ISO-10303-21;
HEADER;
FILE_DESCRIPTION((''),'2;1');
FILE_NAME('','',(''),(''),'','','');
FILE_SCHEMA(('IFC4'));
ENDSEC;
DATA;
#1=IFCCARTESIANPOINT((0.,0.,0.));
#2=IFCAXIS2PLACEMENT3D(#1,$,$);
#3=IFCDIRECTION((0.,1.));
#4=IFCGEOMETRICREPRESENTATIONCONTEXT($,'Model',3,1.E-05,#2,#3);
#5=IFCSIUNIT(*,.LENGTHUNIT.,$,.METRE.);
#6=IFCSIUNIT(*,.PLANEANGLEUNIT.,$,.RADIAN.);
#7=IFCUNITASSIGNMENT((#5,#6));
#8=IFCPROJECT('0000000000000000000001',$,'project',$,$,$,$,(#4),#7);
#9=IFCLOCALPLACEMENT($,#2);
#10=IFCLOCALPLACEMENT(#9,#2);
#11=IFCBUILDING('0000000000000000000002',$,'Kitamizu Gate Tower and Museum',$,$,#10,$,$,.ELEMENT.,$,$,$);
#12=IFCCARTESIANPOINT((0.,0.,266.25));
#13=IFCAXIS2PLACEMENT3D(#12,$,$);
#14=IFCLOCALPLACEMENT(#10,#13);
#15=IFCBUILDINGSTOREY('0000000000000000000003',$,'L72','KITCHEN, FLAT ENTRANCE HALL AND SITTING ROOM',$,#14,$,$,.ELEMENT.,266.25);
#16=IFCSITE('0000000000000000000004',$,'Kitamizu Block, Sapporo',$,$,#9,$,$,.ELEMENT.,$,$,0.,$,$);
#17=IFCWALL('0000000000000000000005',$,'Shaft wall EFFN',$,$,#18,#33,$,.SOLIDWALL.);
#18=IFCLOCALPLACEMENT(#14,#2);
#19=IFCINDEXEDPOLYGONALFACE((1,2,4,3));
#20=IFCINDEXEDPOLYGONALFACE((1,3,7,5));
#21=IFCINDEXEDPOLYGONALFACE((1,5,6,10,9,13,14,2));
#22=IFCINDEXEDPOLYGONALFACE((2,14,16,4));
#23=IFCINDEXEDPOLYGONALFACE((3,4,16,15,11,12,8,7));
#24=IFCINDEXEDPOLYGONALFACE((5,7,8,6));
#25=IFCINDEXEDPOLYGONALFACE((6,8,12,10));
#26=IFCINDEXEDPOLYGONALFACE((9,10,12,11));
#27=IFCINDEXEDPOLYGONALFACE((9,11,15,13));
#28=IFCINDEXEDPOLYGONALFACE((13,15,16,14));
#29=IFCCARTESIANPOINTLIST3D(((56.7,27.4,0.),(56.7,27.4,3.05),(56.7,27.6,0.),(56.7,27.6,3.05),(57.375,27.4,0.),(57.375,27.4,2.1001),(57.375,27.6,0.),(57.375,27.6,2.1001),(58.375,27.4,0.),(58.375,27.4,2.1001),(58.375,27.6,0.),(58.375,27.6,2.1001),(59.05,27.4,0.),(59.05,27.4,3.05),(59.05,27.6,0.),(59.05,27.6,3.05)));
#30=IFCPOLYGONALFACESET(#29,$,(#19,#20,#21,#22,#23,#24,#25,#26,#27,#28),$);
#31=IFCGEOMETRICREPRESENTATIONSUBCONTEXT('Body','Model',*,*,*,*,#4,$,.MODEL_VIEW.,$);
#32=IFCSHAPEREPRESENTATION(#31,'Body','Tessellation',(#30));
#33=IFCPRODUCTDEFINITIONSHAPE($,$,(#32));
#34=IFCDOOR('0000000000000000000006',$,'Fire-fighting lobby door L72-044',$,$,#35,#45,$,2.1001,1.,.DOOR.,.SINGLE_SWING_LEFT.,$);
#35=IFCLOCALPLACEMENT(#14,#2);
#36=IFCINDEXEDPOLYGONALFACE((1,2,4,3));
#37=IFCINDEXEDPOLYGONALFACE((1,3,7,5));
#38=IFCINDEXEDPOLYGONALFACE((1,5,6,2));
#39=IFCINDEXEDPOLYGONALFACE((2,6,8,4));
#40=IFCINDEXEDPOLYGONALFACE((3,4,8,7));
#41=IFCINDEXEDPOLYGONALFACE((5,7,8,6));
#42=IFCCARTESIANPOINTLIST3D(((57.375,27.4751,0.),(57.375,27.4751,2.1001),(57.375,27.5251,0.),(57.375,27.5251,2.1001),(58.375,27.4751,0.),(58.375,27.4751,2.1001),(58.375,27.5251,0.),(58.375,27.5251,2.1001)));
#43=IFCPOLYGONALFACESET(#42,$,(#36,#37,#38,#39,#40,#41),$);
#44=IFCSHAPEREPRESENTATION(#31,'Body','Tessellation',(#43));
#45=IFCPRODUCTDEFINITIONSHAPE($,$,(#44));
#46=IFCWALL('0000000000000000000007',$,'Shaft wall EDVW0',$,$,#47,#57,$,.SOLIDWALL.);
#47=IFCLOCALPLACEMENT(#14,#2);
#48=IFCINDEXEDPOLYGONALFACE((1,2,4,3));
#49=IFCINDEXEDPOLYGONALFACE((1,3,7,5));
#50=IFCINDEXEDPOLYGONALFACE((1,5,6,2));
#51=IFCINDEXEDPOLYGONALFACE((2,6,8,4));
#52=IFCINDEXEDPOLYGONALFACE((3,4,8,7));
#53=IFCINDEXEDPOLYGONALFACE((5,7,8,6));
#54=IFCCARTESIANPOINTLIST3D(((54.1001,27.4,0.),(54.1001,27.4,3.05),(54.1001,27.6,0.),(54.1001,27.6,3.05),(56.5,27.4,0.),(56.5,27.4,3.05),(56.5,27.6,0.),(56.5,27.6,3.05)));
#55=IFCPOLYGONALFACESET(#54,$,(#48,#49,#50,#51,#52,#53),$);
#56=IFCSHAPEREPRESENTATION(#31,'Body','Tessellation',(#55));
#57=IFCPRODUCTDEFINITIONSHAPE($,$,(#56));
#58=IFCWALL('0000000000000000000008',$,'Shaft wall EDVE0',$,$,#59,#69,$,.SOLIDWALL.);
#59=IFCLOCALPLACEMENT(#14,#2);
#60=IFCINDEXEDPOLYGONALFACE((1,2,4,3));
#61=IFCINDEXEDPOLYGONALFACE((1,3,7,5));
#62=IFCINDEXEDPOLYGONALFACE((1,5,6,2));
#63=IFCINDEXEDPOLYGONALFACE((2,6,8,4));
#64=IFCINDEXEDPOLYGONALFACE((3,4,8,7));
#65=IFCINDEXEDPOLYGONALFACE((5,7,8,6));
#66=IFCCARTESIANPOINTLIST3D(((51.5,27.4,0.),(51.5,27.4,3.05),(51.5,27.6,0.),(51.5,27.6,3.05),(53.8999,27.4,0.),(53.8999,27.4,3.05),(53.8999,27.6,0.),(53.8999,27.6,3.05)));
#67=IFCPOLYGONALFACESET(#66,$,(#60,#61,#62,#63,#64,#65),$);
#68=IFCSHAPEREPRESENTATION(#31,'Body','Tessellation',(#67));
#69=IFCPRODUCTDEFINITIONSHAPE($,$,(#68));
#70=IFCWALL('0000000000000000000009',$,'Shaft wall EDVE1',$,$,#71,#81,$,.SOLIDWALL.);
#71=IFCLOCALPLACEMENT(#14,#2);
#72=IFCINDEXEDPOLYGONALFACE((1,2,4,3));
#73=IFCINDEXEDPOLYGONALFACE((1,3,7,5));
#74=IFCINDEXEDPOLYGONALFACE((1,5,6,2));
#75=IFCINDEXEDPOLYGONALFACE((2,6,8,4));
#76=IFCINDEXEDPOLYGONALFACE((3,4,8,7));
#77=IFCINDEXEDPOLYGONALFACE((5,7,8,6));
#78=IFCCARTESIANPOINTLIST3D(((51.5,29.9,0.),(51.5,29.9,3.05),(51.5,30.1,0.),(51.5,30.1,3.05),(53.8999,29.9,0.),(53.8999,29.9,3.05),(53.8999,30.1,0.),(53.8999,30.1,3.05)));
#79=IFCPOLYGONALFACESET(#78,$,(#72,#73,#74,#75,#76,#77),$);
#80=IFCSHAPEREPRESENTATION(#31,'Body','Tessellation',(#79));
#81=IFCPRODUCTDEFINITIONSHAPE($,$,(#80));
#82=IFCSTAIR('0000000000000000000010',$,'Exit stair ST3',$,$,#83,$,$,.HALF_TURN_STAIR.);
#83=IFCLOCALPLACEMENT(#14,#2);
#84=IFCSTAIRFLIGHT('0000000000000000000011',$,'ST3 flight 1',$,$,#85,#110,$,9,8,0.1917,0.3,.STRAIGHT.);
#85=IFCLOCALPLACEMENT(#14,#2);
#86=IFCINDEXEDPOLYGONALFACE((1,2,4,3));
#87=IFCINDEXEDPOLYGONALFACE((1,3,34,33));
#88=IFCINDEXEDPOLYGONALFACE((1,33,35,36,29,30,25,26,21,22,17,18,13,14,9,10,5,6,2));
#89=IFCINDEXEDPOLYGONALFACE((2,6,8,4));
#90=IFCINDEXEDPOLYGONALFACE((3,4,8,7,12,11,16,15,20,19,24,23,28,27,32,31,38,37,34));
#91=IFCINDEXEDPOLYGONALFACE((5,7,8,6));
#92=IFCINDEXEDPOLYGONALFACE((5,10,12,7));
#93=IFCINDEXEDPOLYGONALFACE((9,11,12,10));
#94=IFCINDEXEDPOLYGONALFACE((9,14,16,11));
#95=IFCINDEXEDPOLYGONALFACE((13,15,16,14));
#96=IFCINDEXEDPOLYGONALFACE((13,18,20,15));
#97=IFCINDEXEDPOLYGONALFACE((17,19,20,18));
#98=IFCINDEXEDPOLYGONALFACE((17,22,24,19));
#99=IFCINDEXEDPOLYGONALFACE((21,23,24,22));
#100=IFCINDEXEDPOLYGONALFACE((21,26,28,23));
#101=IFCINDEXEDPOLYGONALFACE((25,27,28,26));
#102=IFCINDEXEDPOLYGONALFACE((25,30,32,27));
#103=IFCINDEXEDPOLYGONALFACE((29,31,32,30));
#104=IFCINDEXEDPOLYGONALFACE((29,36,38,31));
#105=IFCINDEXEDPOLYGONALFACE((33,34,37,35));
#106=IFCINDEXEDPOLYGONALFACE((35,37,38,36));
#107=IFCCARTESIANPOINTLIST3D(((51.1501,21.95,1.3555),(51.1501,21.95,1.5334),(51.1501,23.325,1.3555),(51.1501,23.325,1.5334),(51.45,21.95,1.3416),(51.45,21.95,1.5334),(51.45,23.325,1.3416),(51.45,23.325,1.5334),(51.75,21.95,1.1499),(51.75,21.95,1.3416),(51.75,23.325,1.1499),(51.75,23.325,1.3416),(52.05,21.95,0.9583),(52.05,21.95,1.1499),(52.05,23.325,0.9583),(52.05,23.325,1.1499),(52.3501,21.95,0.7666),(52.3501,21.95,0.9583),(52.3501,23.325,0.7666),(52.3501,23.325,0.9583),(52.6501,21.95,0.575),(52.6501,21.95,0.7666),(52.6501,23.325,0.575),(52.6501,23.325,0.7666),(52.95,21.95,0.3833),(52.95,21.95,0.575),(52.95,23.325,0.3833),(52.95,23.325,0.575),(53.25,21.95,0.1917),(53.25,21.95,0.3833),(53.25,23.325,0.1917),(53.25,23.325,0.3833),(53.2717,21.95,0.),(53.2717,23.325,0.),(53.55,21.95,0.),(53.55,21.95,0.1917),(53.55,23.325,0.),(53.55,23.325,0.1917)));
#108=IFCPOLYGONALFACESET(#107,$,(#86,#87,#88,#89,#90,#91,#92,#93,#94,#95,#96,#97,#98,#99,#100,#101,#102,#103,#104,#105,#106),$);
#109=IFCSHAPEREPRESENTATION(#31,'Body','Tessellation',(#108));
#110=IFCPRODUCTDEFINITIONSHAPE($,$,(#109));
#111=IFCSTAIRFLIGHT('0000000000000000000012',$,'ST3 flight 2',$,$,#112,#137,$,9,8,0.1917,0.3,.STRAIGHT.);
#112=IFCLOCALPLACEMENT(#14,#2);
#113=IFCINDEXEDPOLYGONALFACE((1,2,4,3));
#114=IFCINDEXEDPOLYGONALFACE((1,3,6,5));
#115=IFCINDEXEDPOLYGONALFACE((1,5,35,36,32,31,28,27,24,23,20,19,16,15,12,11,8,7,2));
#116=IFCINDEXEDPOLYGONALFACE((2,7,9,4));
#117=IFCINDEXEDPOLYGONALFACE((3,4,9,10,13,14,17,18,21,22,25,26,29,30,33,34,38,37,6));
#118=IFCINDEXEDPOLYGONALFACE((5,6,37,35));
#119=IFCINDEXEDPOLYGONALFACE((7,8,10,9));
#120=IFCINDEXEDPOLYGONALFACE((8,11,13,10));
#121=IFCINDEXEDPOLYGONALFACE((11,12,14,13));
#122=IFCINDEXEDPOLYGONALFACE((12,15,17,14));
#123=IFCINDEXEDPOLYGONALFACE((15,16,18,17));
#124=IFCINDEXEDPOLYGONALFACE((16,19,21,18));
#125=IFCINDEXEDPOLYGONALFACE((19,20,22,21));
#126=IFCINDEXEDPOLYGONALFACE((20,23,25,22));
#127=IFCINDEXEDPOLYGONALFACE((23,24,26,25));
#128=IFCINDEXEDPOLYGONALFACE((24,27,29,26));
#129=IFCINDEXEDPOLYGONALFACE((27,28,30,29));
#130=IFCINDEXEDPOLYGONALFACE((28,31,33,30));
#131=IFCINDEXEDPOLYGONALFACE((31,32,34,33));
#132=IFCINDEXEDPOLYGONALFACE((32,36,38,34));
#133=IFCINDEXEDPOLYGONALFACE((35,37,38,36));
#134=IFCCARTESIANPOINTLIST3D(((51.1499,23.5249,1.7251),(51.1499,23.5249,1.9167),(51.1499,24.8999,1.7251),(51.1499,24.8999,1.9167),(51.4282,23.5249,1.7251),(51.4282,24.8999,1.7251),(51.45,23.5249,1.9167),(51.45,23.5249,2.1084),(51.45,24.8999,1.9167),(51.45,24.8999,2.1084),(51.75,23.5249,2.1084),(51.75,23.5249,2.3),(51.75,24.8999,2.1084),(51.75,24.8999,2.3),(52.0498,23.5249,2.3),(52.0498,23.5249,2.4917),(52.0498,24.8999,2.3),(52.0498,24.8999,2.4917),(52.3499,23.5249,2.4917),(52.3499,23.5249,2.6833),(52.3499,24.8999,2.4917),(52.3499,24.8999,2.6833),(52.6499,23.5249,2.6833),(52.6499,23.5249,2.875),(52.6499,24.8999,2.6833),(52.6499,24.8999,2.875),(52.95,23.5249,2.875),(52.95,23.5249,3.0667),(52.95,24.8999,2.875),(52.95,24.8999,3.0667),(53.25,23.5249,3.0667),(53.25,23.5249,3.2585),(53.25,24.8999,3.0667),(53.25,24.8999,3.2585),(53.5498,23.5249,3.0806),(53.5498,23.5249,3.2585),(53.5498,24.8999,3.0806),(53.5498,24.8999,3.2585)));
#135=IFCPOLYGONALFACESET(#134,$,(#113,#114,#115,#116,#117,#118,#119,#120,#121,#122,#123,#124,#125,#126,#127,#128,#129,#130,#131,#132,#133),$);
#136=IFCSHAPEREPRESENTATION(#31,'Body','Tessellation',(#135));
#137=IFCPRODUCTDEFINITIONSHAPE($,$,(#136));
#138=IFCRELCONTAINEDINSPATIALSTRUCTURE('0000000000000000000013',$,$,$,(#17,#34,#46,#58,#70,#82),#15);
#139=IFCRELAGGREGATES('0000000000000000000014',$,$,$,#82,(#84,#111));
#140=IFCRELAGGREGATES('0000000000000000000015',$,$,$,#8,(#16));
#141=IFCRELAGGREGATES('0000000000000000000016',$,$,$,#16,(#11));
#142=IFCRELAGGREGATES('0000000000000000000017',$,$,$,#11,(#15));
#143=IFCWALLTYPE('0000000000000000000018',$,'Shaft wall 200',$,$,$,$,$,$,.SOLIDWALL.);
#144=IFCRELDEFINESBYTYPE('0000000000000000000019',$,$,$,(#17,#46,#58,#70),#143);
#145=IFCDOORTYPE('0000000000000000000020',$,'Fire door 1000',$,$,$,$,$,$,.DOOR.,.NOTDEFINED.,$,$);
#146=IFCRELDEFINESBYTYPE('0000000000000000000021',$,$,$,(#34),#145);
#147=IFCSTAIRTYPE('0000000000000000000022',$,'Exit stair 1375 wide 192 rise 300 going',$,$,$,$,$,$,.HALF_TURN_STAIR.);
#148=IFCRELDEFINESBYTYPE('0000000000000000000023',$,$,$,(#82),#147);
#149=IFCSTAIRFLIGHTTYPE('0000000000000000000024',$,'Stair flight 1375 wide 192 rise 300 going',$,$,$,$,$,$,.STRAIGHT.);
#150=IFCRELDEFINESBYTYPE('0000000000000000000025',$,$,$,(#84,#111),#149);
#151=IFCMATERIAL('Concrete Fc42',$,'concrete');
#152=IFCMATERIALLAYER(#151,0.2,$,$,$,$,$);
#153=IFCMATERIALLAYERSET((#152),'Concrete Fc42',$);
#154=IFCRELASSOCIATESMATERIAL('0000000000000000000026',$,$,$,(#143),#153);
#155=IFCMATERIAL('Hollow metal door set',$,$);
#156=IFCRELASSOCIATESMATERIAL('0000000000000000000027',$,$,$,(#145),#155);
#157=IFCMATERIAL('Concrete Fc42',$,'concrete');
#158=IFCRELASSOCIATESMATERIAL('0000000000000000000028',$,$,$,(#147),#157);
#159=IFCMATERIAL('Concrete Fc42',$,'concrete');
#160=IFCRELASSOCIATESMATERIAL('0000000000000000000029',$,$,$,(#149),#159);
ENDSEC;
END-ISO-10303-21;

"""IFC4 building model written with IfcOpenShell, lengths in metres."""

from ifc_helpers import new_model, si_unit, direction, frame, frame_2d, origin, place, context, subcontext, project, spatial, polyline, rectangle, outline, extrude, material, layer, layer_set, type_object, element, fill, aggregate, save


model = new_model("IFC4")

# Units and contexts
model_context = context("Model", 3, precision=1e-05, world=origin(), true_north=direction((0.0, 1.0)))
body_context = subcontext(model_context, "Body", "Model", "MODEL_VIEW")
ifc_project = project(units=[si_unit("LENGTHUNIT", "METRE"), si_unit("PLANEANGLEUNIT", "RADIAN")], contexts=[model_context])

# Site, building, storey
site_placement = place(None, origin())
site = spatial("IfcSite", under=ifc_project, at=site_placement, Name="Kitamizu Block, Sapporo", CompositionType="ELEMENT", RefElevation=0.0)
building_placement = place(site_placement, origin())
building = spatial("IfcBuilding", under=site, at=building_placement, Name="Kitamizu Gate Tower and Museum", CompositionType="ELEMENT")
storey_placement = place(building_placement, frame((0.0, 0.0, 266.25)))
storey = spatial("IfcBuildingStorey", under=building, at=storey_placement, Name="L72", Description="KITCHEN, FLAT ENTRANCE HALL AND SITTING ROOM", CompositionType="ELEMENT", Elevation=266.25)

# Shared definitions
ifc_material_1 = material(Name="Concrete Fc42", Category="concrete")
ifc_layer_1 = layer(ifc_material_1, 0.2)
ifc_layer_set_1 = layer_set([ifc_layer_1], Name="Concrete Fc42")
wall_type_1 = type_object("IfcWallType", Name="Shaft wall 200", PredefinedType="SOLIDWALL", material=ifc_layer_set_1)
ifc_material_2 = material(Name="Hollow metal door set")
door_type_1 = type_object("IfcDoorType", Name="Fire door 1000", OperationType="NOTDEFINED", PredefinedType="DOOR", material=ifc_material_2)

# Wall, opening, door
wall_1_placement = place(storey_placement, frame((59.05, 27.5, 0.0), z_axis=(0.0, 0.0, 1.0), x_axis=(-1.0, 0.0, 0.0)))
wall_1 = element("IfcWall", 1, at=wall_1_placement, inside=storey, type_object=wall_type_1, Name="Shaft wall EFFN", PredefinedType="SOLIDWALL", context=body_context, shape_type="SweptSolid", body=[
    extrude(rectangle(XDim=2.3501, YDim=0.2, at=frame_2d((1.175, 0.0))), origin(), (0.0, 0.0, 1.0), 3.05),
])
opening_1_placement = place(wall_1_placement, frame((0.675, 0.0, 0.0)))
opening_1 = element("IfcOpeningElement", 2, at=opening_1_placement, cuts=wall_1, PredefinedType="OPENING", context=body_context, shape_type="SweptSolid", body=[
    extrude(rectangle(XDim=1.0, YDim=2.1001, at=frame_2d((0.5, 1.05))), frame((0.0, 0.1099, 0.0), z_axis=(0.0, -1.0, 0.0), x_axis=(1.0, 0.0, 0.0)), (0.0, 0.0, 1.0), 0.22),
])
door_1_placement = place(opening_1_placement, origin())
door_1 = element("IfcDoor", 3, at=door_1_placement, inside=storey, type_object=door_type_1, Name="Fire-fighting lobby door L72-044", OperationType="SINGLE_SWING_LEFT", OverallHeight=2.1001, OverallWidth=1.0, PredefinedType="DOOR", context=body_context, shape_type="SweptSolid", body=[
    extrude(rectangle(XDim=1.0, YDim=2.1001, at=frame_2d((0.5, 1.05))), frame((0.0, 0.0249, 0.0), z_axis=(0.0, -1.0, 0.0), x_axis=(1.0, 0.0, 0.0)), (0.0, 0.0, 1.0), 0.05),
])
fill(opening_1, door_1)

# Walls
for number, where, z_axis, x_axis, name in (
    (4, (56.5, 27.5, 0.0), (0.0, 0.0, 1.0), (-1.0, 0.0, 0.0), "Shaft wall EDVW0"),
    (5, (53.8999, 27.5, 0.0), (0.0, 0.0, 1.0), (-1.0, 0.0, 0.0), "Shaft wall EDVE0"),
    (6, (53.8999, 30.0, 0.0), (0.0, 0.0, 1.0), (-1.0, 0.0, 0.0), "Shaft wall EDVE1"),
):
    element("IfcWall", number, at=place(storey_placement, frame(where, z_axis=z_axis, x_axis=x_axis)), inside=storey, type_object=wall_type_1, Name=name, PredefinedType="SOLIDWALL", context=body_context, shape_type="SweptSolid", body=[
        extrude(rectangle(XDim=2.3999, YDim=0.2, at=frame_2d((1.2, 0.0))), origin(), (0.0, 0.0, 1.0), 3.05),
    ])

# Stair, stair flights
ifc_material_3 = material(Name="Concrete Fc42", Category="concrete")
stair_type = type_object("IfcStairType", Name="Exit stair 1375 wide 192 rise 300 going", PredefinedType="HALF_TURN_STAIR", material=ifc_material_3)
stair_placement = place(storey_placement, origin())
stair = element("IfcStair", 7, at=stair_placement, inside=storey, type_object=stair_type, Name="Exit stair ST3", PredefinedType="HALF_TURN_STAIR")
ifc_material_4 = material(Name="Concrete Fc42", Category="concrete")
stair_flight_type = type_object("IfcStairFlightType", Name="Stair flight 1375 wide 192 rise 300 going", PredefinedType="STRAIGHT", material=ifc_material_4)
stair_flight_1_placement = place(storey_placement, frame((53.55, 22.6375, 0.0), z_axis=(0.0, 0.0, 1.0), x_axis=(-1.0, 0.0, 0.0)))
stair_flight_1 = element("IfcStairFlight", 8, at=stair_flight_1_placement, type_object=stair_flight_type, Name="ST3 flight 1", NumberOfRisers=9, NumberOfTreads=8, PredefinedType="STRAIGHT", RiserHeight=0.1917, TreadLength=0.3, context=body_context, shape_type="SweptSolid", body=[
    extrude(outline(polyline([(0.0, 0.0), (0.0, 0.1917), (0.3, 0.1917), (0.3, 0.3833), (0.6001, 0.3833), (0.6001, 0.575), (0.8999, 0.575), (0.8999, 0.7666), (1.2, 0.7666), (1.2, 0.9583), (1.5, 0.9583), (1.5, 1.1499), (1.8, 1.1499), (1.8, 1.3416), (2.1001, 1.3416), (2.1001, 1.5334), (2.3999, 1.5334), (2.3999, 1.7251), (2.3999, 1.3555), (0.2783, 0.0), (0.0, 0.0)])), frame((0.0, 0.6875, 0.0), z_axis=(0.0, -1.0, 0.0), x_axis=(1.0, 0.0, 0.0)), (0.0, 0.0, 1.0), 1.375),
])
stair_flight_2_placement = place(storey_placement, frame((51.1499, 24.2124, 1.7251), z_axis=(0.0, 0.0, 1.0), x_axis=(1.0, 0.0, 0.0)))
stair_flight_2 = element("IfcStairFlight", 9, at=stair_flight_2_placement, type_object=stair_flight_type, Name="ST3 flight 2", NumberOfRisers=9, NumberOfTreads=8, PredefinedType="STRAIGHT", RiserHeight=0.1917, TreadLength=0.3, context=body_context, shape_type="SweptSolid", body=[
    extrude(outline(polyline([(0.0, 0.0), (0.0, 0.1917), (0.3, 0.1917), (0.3, 0.3833), (0.6001, 0.3833), (0.6001, 0.575), (0.8999, 0.575), (0.8999, 0.7666), (1.2, 0.7666), (1.2, 0.9583), (1.5, 0.9583), (1.5, 1.1499), (1.8, 1.1499), (1.8, 1.3416), (2.1001, 1.3416), (2.1001, 1.5334), (2.3999, 1.5334), (2.3999, 1.7251), (2.3999, 1.3555), (0.2783, 0.0), (0.0, 0.0)])), frame((0.0, 0.6875, 0.0), z_axis=(0.0, -1.0, 0.0), x_axis=(1.0, 0.0, 0.0)), (0.0, 0.0, 1.0), 1.375),
])
aggregate(stair, [stair_flight_1, stair_flight_2])

save(model, "model.ifc")
